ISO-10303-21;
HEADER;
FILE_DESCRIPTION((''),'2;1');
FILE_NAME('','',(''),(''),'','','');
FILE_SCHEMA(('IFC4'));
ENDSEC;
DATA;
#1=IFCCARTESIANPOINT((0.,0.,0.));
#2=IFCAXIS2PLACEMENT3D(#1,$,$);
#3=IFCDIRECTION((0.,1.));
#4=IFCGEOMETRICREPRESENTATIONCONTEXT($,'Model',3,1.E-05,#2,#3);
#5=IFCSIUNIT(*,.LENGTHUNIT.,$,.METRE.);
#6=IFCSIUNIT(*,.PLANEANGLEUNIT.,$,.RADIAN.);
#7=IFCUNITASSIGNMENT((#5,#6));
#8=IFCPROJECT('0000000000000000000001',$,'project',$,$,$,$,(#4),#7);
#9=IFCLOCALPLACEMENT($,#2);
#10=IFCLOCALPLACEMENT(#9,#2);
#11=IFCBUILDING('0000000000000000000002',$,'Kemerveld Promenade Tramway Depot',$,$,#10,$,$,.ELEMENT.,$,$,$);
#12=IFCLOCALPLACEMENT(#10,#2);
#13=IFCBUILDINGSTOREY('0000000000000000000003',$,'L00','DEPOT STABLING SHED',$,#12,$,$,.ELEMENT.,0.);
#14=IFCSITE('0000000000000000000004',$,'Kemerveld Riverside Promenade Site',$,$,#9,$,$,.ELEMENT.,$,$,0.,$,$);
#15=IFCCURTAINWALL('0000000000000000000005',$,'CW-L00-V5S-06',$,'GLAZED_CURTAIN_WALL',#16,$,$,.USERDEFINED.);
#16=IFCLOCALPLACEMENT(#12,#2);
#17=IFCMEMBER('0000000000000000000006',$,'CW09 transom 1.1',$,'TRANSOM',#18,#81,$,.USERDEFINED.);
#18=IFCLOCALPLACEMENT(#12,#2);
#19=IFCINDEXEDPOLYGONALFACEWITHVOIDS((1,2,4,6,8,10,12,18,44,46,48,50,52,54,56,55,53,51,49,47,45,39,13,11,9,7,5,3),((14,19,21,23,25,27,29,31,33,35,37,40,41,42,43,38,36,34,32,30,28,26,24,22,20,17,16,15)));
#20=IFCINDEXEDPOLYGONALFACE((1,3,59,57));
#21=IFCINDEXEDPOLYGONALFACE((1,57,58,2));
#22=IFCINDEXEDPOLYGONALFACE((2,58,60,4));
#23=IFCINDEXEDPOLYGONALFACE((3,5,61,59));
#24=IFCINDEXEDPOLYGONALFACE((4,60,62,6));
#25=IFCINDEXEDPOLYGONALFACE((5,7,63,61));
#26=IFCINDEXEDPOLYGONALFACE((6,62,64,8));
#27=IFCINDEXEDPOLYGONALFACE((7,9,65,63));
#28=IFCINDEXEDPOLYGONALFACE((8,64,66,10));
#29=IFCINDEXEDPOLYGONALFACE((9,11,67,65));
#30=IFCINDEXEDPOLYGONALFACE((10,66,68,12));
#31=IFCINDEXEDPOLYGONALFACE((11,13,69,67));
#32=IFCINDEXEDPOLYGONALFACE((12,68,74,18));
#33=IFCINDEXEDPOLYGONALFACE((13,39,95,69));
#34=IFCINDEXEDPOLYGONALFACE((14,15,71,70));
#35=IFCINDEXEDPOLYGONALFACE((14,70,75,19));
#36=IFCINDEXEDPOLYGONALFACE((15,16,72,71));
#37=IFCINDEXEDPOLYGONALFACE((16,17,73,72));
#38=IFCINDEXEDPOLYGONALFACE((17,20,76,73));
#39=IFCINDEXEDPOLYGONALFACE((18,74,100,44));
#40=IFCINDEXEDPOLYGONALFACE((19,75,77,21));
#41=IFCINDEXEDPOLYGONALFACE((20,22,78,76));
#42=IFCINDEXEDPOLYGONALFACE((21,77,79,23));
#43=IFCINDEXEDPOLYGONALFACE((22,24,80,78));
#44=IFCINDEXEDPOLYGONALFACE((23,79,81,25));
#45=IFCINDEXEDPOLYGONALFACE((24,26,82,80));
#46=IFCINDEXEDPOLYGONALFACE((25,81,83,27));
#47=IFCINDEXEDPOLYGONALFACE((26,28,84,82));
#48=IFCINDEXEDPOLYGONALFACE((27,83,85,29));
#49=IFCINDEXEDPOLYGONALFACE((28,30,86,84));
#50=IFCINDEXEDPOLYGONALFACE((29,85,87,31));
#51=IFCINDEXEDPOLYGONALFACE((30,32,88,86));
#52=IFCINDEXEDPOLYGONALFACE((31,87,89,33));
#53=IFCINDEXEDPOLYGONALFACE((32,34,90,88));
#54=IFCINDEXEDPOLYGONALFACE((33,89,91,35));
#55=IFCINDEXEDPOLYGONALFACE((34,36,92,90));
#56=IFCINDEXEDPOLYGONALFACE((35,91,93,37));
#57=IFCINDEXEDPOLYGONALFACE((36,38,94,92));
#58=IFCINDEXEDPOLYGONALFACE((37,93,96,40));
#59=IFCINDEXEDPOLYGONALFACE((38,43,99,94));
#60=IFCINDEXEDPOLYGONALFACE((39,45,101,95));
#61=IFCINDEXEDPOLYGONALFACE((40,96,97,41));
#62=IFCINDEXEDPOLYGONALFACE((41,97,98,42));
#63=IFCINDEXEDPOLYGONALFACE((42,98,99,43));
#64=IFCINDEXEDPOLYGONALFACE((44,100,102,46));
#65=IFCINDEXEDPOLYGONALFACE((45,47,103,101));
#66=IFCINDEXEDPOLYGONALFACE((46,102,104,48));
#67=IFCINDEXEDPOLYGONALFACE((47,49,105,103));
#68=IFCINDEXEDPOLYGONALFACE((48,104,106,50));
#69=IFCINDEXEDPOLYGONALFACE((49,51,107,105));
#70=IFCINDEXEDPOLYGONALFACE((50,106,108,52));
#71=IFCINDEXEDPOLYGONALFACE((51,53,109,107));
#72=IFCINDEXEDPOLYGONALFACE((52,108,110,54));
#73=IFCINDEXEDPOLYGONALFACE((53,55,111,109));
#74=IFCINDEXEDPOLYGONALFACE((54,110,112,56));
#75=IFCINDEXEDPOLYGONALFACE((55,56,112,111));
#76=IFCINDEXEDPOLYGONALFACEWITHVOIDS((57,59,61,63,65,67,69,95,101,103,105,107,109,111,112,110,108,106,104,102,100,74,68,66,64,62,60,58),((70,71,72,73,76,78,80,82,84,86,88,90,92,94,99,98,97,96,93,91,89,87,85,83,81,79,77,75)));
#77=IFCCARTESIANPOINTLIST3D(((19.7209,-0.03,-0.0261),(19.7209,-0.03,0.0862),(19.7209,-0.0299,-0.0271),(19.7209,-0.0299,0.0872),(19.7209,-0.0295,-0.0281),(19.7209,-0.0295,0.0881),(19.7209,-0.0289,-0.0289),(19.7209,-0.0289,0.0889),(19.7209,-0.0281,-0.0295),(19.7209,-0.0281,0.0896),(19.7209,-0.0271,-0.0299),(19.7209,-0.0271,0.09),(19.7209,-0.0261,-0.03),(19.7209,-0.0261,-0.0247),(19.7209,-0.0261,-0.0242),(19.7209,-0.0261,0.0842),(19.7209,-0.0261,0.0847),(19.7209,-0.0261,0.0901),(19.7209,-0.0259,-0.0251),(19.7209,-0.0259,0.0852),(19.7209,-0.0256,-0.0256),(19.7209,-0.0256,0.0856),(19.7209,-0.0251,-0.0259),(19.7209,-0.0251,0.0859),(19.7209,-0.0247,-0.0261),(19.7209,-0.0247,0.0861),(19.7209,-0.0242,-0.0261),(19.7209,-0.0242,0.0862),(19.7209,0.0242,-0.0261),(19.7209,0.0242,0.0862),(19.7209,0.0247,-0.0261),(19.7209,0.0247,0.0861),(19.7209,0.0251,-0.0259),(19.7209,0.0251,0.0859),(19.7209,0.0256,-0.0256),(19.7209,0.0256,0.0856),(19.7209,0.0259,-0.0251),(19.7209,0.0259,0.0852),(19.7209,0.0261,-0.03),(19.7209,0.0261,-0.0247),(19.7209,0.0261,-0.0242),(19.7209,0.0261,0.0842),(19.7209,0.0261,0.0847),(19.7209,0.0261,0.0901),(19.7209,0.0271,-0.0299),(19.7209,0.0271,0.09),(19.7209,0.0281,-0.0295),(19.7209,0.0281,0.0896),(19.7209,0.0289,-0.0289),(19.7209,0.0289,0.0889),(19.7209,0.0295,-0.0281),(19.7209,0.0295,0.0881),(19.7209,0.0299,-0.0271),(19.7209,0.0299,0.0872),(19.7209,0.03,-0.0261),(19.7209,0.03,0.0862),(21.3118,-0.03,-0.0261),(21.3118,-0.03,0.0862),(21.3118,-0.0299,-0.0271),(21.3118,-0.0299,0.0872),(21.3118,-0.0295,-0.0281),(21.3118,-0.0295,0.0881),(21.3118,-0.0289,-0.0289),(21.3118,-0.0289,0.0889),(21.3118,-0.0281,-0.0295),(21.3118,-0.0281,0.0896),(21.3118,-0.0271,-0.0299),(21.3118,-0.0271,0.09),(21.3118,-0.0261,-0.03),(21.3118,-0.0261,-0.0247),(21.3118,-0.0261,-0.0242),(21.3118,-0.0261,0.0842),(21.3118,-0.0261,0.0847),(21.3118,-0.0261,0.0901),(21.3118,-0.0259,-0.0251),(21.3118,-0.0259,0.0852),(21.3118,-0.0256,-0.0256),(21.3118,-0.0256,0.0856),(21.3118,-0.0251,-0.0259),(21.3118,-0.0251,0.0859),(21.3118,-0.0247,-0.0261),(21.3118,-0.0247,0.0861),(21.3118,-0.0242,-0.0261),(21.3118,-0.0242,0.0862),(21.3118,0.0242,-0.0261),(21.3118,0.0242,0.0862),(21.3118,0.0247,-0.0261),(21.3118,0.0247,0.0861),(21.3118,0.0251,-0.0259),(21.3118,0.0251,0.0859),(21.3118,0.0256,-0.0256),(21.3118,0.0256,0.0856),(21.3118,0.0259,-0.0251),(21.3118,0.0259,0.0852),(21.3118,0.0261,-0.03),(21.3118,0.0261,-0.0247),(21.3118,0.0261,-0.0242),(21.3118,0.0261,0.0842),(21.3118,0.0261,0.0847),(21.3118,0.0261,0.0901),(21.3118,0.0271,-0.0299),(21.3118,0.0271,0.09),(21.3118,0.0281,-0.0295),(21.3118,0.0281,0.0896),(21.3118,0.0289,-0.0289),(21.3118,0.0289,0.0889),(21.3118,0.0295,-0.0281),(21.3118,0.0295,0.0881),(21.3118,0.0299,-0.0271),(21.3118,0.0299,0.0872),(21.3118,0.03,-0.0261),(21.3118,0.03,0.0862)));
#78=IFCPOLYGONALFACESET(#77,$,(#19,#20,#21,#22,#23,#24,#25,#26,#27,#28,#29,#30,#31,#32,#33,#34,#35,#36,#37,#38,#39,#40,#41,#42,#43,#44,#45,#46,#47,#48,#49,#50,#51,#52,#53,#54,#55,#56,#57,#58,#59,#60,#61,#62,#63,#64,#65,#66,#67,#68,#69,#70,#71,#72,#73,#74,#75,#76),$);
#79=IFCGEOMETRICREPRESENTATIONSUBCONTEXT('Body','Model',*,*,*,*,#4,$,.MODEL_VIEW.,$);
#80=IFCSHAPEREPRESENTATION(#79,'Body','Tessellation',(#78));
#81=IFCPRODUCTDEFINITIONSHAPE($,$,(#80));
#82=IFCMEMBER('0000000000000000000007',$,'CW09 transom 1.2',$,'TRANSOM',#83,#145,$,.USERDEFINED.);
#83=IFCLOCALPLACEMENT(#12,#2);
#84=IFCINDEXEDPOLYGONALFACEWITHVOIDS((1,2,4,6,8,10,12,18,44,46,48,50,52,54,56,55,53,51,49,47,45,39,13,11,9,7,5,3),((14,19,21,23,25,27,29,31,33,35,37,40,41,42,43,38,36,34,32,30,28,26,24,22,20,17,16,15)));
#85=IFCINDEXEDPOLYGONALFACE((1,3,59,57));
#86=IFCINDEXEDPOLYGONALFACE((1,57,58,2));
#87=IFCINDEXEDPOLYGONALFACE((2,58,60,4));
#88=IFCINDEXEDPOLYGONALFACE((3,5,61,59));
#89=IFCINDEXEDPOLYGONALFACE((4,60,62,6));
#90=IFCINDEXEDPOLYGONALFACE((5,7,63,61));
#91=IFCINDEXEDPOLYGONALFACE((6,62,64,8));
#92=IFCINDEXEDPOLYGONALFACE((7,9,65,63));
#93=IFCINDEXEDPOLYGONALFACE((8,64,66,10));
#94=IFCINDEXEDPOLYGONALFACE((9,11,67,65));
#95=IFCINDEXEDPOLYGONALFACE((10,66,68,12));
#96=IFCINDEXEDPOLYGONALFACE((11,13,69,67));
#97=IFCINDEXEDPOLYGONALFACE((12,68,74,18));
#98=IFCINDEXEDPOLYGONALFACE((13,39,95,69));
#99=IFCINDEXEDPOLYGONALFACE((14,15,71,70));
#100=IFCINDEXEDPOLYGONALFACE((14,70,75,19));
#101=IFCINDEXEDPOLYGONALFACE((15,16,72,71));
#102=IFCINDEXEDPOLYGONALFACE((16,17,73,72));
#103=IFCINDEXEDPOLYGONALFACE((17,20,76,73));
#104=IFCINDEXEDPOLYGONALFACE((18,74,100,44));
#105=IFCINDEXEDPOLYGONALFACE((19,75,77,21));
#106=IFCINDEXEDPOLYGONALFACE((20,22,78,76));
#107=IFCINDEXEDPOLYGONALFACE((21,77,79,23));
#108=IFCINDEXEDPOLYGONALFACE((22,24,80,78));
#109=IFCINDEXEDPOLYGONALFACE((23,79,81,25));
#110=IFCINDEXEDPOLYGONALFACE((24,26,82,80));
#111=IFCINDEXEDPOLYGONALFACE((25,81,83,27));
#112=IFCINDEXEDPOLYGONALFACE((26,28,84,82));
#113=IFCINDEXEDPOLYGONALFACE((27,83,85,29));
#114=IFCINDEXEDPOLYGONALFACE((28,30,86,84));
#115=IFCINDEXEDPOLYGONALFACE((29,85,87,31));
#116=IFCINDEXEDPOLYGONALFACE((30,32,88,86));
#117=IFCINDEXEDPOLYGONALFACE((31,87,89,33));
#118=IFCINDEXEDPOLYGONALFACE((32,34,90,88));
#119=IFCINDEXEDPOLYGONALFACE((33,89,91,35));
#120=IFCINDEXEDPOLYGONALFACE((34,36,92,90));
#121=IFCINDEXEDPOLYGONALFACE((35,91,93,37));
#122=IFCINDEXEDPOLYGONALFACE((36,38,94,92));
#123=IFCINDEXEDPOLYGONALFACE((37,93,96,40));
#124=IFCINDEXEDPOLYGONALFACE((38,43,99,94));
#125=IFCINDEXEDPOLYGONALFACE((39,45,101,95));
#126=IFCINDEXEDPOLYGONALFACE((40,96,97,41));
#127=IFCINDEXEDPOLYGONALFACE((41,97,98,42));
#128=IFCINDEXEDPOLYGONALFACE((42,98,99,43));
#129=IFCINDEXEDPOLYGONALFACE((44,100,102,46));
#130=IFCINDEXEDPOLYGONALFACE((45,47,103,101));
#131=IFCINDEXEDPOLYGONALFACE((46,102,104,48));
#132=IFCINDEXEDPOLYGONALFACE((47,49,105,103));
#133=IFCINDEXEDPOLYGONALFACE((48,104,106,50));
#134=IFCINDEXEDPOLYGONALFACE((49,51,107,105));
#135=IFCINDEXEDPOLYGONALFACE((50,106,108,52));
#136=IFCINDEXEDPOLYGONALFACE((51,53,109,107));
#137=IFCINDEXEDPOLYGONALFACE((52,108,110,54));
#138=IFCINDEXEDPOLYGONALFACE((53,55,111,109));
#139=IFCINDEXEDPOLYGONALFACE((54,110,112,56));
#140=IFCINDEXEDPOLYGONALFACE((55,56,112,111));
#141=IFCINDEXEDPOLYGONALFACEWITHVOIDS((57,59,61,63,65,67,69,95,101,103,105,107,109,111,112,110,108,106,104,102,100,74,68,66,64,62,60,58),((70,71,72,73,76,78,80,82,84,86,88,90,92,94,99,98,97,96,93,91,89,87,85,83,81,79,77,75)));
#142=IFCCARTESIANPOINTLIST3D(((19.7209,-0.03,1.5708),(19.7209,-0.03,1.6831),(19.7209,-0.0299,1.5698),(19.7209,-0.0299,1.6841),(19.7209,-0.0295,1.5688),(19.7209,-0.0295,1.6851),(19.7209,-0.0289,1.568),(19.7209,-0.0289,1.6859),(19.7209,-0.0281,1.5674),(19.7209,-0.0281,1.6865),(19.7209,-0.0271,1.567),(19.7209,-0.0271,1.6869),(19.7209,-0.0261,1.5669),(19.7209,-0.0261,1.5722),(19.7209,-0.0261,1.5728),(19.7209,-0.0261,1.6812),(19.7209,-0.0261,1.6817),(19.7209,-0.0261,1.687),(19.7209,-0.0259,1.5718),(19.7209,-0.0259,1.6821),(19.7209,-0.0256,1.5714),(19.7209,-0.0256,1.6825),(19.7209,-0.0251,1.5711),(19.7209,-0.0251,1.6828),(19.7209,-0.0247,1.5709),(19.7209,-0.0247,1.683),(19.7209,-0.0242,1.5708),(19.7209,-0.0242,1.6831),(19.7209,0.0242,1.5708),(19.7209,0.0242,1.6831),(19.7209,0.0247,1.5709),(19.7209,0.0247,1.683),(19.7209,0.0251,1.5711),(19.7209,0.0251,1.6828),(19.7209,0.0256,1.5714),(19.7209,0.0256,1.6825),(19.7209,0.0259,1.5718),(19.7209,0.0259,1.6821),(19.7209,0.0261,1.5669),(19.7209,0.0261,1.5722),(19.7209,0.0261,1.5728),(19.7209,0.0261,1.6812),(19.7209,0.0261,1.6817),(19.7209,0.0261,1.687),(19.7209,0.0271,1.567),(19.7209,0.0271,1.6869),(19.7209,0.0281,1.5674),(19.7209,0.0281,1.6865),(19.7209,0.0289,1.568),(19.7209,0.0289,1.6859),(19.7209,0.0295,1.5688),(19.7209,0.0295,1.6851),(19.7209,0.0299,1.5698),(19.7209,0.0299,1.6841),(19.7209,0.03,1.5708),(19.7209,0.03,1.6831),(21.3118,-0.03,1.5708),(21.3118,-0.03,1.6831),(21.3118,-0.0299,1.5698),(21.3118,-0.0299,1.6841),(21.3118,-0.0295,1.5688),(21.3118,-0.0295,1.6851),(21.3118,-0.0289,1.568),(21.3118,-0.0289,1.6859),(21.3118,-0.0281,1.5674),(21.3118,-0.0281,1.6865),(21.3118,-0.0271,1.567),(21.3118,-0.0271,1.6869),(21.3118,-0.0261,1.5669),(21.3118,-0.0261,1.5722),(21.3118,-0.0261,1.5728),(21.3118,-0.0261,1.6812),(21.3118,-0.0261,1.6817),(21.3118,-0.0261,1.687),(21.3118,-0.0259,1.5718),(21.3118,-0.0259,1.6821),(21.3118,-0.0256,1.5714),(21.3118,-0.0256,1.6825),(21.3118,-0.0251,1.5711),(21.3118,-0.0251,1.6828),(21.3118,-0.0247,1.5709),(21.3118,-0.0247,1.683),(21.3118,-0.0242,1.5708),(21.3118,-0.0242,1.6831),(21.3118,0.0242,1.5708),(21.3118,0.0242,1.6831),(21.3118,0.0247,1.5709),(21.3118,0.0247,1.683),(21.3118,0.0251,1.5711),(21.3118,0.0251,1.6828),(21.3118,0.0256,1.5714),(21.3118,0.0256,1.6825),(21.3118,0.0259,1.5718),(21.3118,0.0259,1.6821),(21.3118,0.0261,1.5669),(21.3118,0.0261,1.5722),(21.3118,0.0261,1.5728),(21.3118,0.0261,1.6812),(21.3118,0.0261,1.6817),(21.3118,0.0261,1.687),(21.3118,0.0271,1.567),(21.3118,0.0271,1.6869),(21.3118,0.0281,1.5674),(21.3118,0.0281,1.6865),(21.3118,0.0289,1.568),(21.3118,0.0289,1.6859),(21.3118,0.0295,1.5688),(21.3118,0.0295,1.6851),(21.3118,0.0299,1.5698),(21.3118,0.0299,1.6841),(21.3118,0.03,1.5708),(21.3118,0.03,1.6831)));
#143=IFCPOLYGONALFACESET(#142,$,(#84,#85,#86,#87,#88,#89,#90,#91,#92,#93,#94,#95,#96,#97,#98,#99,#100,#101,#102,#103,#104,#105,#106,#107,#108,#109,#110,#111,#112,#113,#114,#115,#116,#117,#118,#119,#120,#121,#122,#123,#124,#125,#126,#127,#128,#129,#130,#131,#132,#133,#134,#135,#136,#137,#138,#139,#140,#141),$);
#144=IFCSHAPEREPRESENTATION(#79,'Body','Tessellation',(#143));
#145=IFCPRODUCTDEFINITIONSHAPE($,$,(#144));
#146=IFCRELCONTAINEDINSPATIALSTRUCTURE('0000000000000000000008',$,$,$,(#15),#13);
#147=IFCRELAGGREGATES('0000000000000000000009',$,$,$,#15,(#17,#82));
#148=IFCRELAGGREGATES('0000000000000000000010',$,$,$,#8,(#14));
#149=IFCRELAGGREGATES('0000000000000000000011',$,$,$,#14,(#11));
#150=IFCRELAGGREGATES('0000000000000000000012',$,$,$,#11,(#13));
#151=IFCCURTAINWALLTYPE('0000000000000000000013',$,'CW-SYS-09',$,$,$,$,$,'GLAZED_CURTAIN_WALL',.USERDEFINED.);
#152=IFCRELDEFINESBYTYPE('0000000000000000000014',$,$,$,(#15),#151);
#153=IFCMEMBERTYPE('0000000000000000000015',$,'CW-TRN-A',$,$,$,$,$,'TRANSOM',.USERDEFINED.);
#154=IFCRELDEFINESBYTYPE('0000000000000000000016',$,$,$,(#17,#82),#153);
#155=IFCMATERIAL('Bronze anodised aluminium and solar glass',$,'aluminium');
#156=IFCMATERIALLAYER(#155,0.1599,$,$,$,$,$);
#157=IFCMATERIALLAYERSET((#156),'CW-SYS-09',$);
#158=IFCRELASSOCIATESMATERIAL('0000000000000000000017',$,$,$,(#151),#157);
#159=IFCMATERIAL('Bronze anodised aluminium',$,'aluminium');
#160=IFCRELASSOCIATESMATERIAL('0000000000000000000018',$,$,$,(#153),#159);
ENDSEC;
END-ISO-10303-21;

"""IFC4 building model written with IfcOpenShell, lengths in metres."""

from ifc_helpers import new_model, si_unit, direction, frame, origin, origin_2d, place, context, subcontext, project, spatial, hollow_rectangle, extrude, material, layer, layer_set, material_profile, profile_set, type_object, element, aggregate, save


model = new_model("IFC4")

# Units and contexts
model_context = context("Model", 3, precision=1e-05, world=origin(), true_north=direction((0.0, 1.0)))
body_context = subcontext(model_context, "Body", "Model", "MODEL_VIEW")
ifc_project = project(units=[si_unit("LENGTHUNIT", "METRE"), si_unit("PLANEANGLEUNIT", "RADIAN")], contexts=[model_context])

# Site, building, storey
site_placement = place(None, origin())
site = spatial("IfcSite", under=ifc_project, at=site_placement, Name="Kemerveld Riverside Promenade Site", CompositionType="ELEMENT", RefElevation=0.0)
building_placement = place(site_placement, origin())
building = spatial("IfcBuilding", under=site, at=building_placement, Name="Kemerveld Promenade Tramway Depot", CompositionType="ELEMENT")
storey_placement = place(building_placement, origin())
storey = spatial("IfcBuildingStorey", under=building, at=storey_placement, Name="L00", Description="DEPOT STABLING SHED", CompositionType="ELEMENT", Elevation=0.0)

# Shared definitions
ifc_material_1 = material(Name="Bronze anodised aluminium and solar glass", Category="aluminium")
ifc_material_2 = material(Name="Bronze anodised aluminium", Category="aluminium")

# Curtain wall
ifc_layer_1 = layer(ifc_material_1, 0.1599)
ifc_layer_set_1 = layer_set([ifc_layer_1], Name="CW-SYS-09")
curtain_wall_type_1 = type_object("IfcCurtainWallType", Name="CW-SYS-09", ElementType="GLAZED_CURTAIN_WALL", PredefinedType="USERDEFINED", material=ifc_layer_set_1)
curtain_wall_1_placement = place(storey_placement, origin())
curtain_wall_1 = element("IfcCurtainWall", 1, at=curtain_wall_1_placement, inside=storey, type_object=curtain_wall_type_1, Name="CW-L00-V5S-06", ObjectType="GLAZED_CURTAIN_WALL", PredefinedType="USERDEFINED")

# Members
ifc_material_profile_1 = material_profile(ifc_material_2, hollow_rectangle(XDim=0.0601, YDim=0.1201, WallThickness=0.0039, InnerFilletRadius=0.002, OuterFilletRadius=0.0039, at=origin_2d()), Name="CW-TRN-120x60")
ifc_profile_set_1 = profile_set([ifc_material_profile_1], Name="Bronze anodised aluminium")
member_type_1 = type_object("IfcMemberType", Name="CW-TRN-A", ElementType="TRANSOM", PredefinedType="USERDEFINED", material=ifc_profile_set_1)
member_1_placement = place(storey_placement, frame((21.3118, 0.0, 0.03), z_axis=(-1.0, 0.0, 0.0), x_axis=(0.0, -1.0, 0.0)))
member_1 = element("IfcMember", 2, at=member_1_placement, type_object=member_type_1, Name="CW09 transom 1.1", ObjectType="TRANSOM", PredefinedType="USERDEFINED", context=body_context, shape_type="SweptSolid", body=[
    extrude(hollow_rectangle(XDim=0.0601, YDim=0.1201, WallThickness=0.0039, InnerFilletRadius=0.002, OuterFilletRadius=0.0039, at=origin_2d()), origin(), (0.0, 0.0, 1.0), 1.5908),
])
member_2_placement = place(storey_placement, frame((21.3118, 0.0, 1.627), z_axis=(-1.0, 0.0, 0.0), x_axis=(0.0, -1.0, 0.0)))
member_2 = element("IfcMember", 3, at=member_2_placement, type_object=member_type_1, Name="CW09 transom 1.2", ObjectType="TRANSOM", PredefinedType="USERDEFINED", context=body_context, shape_type="SweptSolid", body=[
    extrude(hollow_rectangle(XDim=0.0601, YDim=0.1201, WallThickness=0.0039, InnerFilletRadius=0.002, OuterFilletRadius=0.0039, at=origin_2d()), origin(), (0.0, 0.0, 1.0), 1.5908),
])

aggregate(curtain_wall_1, [member_1, member_2])

save(model, "model.ifc")
